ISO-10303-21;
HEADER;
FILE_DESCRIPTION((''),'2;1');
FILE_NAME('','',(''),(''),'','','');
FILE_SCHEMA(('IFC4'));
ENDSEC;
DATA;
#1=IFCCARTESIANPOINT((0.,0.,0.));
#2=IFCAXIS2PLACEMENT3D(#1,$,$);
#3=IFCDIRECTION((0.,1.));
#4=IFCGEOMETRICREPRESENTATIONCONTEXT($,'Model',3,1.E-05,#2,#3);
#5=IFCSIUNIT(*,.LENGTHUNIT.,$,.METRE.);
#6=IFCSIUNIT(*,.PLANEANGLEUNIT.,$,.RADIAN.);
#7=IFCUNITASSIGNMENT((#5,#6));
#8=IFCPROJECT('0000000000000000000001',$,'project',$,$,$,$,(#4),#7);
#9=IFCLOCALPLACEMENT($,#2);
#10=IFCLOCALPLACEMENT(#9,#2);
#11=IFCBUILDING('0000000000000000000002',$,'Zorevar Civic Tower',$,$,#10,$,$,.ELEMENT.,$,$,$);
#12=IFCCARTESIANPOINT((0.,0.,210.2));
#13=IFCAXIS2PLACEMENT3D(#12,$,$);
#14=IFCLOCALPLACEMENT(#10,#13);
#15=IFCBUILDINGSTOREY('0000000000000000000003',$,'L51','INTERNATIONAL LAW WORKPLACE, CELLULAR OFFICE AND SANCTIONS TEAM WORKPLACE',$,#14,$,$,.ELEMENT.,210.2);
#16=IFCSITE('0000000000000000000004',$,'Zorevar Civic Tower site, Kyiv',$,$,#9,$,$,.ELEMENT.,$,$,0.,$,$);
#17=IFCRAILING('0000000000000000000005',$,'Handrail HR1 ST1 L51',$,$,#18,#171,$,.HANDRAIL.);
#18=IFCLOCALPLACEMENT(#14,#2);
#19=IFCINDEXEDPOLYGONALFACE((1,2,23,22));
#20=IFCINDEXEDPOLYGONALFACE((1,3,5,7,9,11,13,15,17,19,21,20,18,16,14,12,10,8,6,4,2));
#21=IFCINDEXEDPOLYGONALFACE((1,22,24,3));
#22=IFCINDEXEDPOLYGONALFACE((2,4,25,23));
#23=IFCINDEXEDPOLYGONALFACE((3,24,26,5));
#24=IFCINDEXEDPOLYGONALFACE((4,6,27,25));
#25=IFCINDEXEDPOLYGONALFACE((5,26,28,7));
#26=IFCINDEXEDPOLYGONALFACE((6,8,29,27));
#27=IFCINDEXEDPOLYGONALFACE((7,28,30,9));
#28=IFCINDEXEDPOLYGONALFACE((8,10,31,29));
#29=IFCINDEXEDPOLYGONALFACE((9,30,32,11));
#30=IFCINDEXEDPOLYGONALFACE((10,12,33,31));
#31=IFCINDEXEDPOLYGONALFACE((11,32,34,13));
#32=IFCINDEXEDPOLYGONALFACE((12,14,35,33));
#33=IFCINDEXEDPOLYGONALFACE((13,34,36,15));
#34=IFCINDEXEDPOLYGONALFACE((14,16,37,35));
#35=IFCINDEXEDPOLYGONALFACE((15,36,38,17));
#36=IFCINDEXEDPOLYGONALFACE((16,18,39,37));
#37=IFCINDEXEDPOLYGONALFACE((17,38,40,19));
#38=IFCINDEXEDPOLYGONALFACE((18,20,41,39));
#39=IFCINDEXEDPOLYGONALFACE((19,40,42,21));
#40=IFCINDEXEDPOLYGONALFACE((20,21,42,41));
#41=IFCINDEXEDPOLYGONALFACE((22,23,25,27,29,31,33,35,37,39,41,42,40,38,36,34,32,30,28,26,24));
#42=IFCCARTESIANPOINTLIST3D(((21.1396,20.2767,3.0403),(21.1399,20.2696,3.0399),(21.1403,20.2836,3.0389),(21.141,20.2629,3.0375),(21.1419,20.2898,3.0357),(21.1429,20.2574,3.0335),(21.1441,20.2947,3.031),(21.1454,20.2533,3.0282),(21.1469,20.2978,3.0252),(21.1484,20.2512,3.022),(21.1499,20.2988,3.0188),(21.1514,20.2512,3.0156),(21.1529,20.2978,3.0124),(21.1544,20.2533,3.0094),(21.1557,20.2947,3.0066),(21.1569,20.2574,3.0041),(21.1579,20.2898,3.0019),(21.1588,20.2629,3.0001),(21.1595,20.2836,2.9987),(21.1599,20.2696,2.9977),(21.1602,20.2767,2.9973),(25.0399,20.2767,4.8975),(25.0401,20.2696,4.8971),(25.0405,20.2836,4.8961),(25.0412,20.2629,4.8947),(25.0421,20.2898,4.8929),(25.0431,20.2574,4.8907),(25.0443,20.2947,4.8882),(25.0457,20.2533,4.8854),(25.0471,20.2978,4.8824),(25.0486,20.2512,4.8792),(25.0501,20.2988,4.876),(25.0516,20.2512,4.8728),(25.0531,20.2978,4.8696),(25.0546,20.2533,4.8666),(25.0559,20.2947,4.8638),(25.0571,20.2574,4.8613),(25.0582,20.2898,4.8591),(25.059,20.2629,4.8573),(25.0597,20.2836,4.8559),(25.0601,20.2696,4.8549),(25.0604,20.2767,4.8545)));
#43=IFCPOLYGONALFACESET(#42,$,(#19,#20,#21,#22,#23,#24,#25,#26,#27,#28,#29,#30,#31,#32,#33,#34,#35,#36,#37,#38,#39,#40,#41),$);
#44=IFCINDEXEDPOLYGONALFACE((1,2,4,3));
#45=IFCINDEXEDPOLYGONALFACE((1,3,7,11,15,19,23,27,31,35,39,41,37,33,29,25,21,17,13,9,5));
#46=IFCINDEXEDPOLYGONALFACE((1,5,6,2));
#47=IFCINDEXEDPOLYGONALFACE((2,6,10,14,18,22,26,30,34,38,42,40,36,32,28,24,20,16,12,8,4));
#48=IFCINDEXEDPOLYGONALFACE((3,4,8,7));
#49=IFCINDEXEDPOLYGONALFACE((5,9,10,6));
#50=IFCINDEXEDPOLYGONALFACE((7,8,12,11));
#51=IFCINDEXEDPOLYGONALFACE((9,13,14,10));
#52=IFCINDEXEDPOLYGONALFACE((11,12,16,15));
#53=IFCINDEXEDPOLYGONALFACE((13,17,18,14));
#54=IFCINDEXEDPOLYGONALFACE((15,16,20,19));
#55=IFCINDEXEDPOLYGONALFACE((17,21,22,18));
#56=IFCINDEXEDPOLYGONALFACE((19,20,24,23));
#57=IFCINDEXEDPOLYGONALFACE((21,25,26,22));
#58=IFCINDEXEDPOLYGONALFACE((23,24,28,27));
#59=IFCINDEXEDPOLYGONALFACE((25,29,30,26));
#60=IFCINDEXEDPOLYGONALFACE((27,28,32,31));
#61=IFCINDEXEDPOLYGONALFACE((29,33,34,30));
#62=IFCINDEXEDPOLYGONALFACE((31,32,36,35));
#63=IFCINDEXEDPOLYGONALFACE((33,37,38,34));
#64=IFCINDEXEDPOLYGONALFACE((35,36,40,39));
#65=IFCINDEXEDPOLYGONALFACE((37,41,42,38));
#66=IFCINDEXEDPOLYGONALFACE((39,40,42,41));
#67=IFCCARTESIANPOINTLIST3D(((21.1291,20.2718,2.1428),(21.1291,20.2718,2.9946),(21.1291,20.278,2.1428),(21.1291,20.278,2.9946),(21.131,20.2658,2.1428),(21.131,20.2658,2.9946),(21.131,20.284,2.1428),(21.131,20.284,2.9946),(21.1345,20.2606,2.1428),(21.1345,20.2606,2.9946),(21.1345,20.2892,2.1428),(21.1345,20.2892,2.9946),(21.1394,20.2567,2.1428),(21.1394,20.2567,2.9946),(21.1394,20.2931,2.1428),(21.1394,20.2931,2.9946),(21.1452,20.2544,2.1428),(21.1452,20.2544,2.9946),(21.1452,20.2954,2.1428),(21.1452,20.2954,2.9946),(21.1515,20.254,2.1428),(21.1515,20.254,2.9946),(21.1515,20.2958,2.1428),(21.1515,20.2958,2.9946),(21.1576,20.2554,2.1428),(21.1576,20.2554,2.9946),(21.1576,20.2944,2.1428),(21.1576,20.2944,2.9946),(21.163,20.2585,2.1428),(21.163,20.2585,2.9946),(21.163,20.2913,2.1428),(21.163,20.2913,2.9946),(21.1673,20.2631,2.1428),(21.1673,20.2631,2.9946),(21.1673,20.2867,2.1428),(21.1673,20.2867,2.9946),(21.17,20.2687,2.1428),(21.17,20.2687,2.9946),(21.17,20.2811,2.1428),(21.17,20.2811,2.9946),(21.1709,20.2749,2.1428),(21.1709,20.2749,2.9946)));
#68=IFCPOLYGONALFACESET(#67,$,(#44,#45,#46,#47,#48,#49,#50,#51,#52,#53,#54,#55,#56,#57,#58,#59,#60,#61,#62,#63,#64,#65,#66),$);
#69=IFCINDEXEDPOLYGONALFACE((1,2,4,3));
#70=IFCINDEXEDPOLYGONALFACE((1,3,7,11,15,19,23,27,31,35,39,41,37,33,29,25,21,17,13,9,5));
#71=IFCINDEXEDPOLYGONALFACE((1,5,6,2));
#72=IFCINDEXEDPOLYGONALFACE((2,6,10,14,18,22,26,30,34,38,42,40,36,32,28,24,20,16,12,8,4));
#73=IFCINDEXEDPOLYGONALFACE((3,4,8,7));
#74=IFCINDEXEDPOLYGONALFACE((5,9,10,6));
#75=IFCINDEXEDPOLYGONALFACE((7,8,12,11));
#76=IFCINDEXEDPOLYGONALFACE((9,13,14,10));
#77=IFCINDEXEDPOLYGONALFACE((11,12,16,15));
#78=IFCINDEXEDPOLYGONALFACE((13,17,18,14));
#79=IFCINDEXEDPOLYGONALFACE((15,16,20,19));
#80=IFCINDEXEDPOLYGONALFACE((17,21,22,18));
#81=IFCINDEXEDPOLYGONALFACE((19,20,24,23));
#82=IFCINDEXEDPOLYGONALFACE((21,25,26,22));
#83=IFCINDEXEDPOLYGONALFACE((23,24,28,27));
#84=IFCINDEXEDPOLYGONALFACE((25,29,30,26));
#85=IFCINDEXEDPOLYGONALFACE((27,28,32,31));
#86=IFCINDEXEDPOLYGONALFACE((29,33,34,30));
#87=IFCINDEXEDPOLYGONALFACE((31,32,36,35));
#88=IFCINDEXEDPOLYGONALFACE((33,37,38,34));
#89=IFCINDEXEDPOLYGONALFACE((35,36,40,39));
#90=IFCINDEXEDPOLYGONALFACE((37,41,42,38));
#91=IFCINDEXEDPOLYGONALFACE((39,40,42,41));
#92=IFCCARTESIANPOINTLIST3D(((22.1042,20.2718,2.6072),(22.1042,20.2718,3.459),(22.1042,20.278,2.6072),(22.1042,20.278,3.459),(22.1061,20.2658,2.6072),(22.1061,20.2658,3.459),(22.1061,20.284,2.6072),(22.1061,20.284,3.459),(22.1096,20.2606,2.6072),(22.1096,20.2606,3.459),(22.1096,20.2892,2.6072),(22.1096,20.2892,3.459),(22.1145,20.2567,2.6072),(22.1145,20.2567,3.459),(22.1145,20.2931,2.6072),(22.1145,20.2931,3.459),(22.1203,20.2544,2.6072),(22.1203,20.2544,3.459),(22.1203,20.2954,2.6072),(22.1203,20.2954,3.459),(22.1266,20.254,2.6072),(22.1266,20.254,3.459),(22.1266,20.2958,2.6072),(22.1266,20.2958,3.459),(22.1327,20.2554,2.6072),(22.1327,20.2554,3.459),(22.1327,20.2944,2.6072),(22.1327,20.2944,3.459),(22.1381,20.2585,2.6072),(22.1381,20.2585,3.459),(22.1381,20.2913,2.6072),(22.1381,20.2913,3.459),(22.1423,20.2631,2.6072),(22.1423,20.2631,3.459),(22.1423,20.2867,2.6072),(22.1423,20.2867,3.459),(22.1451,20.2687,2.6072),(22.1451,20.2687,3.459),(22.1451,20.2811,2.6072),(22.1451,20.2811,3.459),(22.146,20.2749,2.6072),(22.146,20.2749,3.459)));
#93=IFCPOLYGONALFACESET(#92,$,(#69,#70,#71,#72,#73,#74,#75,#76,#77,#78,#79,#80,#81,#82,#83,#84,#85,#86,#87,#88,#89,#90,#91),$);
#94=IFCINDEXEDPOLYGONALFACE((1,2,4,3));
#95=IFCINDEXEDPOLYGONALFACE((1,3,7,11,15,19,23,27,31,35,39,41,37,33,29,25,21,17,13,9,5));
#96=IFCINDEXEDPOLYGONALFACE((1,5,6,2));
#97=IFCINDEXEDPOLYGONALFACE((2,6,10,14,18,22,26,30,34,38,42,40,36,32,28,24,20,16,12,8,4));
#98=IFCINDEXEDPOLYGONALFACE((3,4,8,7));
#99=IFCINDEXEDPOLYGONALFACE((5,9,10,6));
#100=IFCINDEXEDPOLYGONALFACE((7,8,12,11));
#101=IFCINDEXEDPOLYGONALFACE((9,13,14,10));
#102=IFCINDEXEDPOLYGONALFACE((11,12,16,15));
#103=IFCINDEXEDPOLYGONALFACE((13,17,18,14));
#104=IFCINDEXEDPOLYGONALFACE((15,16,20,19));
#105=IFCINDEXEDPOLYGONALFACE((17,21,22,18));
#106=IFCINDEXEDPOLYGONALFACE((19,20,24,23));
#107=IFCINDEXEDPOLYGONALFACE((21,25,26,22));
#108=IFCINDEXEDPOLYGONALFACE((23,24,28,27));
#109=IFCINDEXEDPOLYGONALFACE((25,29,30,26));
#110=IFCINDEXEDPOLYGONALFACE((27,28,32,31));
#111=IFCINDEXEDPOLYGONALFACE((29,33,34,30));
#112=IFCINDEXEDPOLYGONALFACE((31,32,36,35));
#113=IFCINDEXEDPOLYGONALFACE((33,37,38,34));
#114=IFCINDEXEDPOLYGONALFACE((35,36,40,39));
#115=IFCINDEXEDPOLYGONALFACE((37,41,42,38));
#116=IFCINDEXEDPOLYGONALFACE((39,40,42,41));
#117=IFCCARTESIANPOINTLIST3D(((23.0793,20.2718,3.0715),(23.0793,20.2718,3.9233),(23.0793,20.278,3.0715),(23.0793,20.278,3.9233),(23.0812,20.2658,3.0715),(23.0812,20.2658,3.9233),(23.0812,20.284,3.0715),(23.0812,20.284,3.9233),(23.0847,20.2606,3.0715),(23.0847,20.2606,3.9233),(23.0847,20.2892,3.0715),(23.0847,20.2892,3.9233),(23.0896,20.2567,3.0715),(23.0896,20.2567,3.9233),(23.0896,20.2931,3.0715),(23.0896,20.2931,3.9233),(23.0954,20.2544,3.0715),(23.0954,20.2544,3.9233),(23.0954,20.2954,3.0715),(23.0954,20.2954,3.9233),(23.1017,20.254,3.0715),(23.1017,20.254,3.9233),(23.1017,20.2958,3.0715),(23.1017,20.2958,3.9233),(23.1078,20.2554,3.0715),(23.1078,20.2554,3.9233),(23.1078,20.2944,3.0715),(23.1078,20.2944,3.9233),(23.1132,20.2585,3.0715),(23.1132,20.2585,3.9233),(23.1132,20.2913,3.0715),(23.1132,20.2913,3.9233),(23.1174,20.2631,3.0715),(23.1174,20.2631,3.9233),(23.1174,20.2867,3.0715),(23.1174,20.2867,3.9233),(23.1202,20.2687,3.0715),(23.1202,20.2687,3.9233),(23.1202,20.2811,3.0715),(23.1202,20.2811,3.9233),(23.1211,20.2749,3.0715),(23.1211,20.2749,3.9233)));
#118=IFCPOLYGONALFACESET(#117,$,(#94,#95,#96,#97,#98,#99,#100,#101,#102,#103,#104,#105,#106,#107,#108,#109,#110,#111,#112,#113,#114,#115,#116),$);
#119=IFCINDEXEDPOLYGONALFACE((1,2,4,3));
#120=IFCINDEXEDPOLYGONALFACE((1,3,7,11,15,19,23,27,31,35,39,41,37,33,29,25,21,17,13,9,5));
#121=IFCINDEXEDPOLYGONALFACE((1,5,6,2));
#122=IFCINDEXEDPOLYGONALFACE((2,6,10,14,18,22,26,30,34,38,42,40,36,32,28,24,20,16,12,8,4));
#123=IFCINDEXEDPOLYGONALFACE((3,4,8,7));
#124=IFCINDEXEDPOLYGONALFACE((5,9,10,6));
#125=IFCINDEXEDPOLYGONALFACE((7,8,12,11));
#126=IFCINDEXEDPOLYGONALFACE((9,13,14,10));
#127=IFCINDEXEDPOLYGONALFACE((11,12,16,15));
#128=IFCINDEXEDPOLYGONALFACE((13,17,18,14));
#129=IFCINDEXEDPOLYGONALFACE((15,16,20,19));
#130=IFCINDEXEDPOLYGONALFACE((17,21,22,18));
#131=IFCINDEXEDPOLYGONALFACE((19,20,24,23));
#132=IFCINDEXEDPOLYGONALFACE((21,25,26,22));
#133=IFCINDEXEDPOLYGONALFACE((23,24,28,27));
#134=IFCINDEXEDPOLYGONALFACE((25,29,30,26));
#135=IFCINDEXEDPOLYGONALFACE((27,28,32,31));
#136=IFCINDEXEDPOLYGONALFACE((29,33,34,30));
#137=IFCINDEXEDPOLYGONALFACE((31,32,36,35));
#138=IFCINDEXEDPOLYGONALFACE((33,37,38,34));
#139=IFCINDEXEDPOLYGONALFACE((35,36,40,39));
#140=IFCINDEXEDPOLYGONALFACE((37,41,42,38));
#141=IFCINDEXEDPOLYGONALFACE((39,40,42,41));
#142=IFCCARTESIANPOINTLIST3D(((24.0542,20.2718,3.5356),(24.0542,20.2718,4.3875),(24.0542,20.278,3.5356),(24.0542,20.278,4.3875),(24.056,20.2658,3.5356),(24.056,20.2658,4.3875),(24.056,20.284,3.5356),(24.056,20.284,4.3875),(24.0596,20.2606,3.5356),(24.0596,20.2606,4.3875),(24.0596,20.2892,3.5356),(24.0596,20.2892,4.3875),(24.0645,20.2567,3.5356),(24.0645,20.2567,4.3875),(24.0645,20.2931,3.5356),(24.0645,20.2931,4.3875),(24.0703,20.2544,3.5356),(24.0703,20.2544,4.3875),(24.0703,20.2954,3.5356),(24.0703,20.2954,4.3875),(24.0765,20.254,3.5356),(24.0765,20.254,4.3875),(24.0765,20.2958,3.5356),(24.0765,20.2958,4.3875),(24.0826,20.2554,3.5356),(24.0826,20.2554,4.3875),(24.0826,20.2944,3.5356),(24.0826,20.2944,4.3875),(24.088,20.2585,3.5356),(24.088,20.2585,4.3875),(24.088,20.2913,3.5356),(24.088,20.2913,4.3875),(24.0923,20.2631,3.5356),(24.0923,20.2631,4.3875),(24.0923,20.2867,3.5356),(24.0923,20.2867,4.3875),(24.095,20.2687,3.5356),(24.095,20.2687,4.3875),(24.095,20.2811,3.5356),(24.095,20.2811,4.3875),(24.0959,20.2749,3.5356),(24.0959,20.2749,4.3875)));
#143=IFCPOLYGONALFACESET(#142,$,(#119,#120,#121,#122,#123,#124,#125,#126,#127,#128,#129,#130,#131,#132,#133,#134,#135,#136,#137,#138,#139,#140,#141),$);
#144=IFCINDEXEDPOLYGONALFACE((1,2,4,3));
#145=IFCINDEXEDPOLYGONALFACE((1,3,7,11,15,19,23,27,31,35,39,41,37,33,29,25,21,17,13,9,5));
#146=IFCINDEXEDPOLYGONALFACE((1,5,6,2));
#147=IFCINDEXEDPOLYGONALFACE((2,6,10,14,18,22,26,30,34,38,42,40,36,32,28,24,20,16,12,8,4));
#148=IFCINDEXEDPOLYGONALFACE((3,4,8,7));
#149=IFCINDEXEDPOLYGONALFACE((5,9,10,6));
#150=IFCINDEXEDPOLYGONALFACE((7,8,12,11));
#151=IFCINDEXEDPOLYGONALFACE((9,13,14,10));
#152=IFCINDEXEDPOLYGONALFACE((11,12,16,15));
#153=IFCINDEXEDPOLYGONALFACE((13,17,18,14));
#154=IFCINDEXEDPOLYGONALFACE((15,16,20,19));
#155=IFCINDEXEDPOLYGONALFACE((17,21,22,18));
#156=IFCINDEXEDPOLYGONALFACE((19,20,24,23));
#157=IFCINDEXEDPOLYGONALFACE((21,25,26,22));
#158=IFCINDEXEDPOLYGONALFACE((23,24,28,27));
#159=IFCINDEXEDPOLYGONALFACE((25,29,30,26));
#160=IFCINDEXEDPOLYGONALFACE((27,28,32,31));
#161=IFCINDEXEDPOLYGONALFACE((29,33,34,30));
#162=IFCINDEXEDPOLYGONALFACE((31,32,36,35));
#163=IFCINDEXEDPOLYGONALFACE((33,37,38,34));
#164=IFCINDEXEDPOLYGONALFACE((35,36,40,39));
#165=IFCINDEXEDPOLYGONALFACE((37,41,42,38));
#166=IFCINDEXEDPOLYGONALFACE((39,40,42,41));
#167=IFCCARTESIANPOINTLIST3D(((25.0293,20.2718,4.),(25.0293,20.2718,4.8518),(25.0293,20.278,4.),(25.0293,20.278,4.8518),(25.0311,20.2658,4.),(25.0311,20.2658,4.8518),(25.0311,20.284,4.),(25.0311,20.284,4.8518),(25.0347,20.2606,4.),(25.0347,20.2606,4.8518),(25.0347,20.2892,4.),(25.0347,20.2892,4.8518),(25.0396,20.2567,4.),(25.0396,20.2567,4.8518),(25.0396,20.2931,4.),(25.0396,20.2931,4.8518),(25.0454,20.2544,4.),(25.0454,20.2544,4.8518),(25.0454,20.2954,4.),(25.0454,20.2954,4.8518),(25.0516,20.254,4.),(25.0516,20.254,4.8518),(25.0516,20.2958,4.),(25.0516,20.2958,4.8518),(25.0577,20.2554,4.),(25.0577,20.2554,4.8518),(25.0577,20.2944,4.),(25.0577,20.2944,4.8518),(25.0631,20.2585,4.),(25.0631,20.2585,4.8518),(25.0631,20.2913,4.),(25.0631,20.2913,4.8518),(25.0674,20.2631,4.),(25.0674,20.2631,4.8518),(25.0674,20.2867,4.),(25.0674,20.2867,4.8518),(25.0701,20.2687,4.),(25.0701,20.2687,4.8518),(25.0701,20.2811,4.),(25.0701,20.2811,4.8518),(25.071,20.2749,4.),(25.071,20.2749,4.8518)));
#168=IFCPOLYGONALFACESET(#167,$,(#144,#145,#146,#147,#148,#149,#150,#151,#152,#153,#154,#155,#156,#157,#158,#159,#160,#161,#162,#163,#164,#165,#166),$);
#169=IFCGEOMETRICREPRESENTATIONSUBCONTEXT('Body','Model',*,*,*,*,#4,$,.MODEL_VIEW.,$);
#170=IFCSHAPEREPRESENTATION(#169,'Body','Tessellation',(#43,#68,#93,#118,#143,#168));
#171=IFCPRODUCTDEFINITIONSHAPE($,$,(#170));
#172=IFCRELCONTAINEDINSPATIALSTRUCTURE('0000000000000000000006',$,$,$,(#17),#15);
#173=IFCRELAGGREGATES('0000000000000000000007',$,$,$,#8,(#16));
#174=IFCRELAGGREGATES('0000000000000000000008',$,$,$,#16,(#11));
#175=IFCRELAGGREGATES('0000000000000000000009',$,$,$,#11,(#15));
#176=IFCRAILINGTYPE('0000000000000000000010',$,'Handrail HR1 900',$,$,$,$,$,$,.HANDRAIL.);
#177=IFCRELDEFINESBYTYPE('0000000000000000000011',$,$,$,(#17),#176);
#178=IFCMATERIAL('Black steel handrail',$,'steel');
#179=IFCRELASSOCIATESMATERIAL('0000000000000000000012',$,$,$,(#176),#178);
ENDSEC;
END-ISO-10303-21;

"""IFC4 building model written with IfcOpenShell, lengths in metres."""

from ifc_helpers import new_model, si_unit, direction, frame, origin, origin_2d, place, context, subcontext, project, spatial, circle, extrude, material, type_object, element, save


model = new_model("IFC4")

# Units and contexts
model_context = context("Model", 3, precision=1e-05, world=origin(), true_north=direction((0.0, 1.0)))
body_context = subcontext(model_context, "Body", "Model", "MODEL_VIEW")
ifc_project = project(units=[si_unit("LENGTHUNIT", "METRE"), si_unit("PLANEANGLEUNIT", "RADIAN")], contexts=[model_context])

# Site, building, storey
site_placement = place(None, origin())
site = spatial("IfcSite", under=ifc_project, at=site_placement, Name="Zorevar Civic Tower site, Kyiv", CompositionType="ELEMENT", RefElevation=0.0)
building_placement = place(site_placement, origin())
building = spatial("IfcBuilding", under=site, at=building_placement, Name="Zorevar Civic Tower", CompositionType="ELEMENT")
storey_placement = place(building_placement, frame((0.0, 0.0, 210.2)))
storey = spatial("IfcBuildingStorey", under=building, at=storey_placement, Name="L51", Description="INTERNATIONAL LAW WORKPLACE, CELLULAR OFFICE AND SANCTIONS TEAM WORKPLACE", CompositionType="ELEMENT", Elevation=210.2)

# Railing
ifc_material_1 = material(Name="Black steel handrail", Category="steel")
railing_type = type_object("IfcRailingType", Name="Handrail HR1 900", PredefinedType="HANDRAIL", material=ifc_material_1)
railing_1_placement = place(storey_placement, frame((21.1499, 20.2749, 2.1428)))
element("IfcRailing", 1, at=railing_1_placement, inside=storey, type_object=railing_type, Name="Handrail HR1 ST1 L51", PredefinedType="HANDRAIL", context=body_context, shape_type="SweptSolid", body=[
    extrude(circle(Radius=0.0239, at=origin_2d()), frame((0.0, 0.0, 0.876), z_axis=(0.902864, 0.0, 0.429927), x_axis=(0.0, 1.0, 0.0)), (0.0, 0.0, 1.0), 4.3198),
    extrude(circle(Radius=0.021, at=origin_2d()), origin(), (0.0, 0.0, 1.0), 0.8518),
    extrude(circle(Radius=0.021, at=origin_2d()), frame((0.9751, 0.0, 0.4644)), (0.0, 0.0, 1.0), 0.8518),
    extrude(circle(Radius=0.021, at=origin_2d()), frame((1.9502, 0.0, 0.9287)), (0.0, 0.0, 1.0), 0.8518),
    extrude(circle(Radius=0.021, at=origin_2d()), frame((2.925, 0.0, 1.3928)), (0.0, 0.0, 1.0), 0.8518),
    extrude(circle(Radius=0.021, at=origin_2d()), frame((3.9001, 0.0, 1.8572)), (0.0, 0.0, 1.0), 0.8518),
])

save(model, "model.ifc")
